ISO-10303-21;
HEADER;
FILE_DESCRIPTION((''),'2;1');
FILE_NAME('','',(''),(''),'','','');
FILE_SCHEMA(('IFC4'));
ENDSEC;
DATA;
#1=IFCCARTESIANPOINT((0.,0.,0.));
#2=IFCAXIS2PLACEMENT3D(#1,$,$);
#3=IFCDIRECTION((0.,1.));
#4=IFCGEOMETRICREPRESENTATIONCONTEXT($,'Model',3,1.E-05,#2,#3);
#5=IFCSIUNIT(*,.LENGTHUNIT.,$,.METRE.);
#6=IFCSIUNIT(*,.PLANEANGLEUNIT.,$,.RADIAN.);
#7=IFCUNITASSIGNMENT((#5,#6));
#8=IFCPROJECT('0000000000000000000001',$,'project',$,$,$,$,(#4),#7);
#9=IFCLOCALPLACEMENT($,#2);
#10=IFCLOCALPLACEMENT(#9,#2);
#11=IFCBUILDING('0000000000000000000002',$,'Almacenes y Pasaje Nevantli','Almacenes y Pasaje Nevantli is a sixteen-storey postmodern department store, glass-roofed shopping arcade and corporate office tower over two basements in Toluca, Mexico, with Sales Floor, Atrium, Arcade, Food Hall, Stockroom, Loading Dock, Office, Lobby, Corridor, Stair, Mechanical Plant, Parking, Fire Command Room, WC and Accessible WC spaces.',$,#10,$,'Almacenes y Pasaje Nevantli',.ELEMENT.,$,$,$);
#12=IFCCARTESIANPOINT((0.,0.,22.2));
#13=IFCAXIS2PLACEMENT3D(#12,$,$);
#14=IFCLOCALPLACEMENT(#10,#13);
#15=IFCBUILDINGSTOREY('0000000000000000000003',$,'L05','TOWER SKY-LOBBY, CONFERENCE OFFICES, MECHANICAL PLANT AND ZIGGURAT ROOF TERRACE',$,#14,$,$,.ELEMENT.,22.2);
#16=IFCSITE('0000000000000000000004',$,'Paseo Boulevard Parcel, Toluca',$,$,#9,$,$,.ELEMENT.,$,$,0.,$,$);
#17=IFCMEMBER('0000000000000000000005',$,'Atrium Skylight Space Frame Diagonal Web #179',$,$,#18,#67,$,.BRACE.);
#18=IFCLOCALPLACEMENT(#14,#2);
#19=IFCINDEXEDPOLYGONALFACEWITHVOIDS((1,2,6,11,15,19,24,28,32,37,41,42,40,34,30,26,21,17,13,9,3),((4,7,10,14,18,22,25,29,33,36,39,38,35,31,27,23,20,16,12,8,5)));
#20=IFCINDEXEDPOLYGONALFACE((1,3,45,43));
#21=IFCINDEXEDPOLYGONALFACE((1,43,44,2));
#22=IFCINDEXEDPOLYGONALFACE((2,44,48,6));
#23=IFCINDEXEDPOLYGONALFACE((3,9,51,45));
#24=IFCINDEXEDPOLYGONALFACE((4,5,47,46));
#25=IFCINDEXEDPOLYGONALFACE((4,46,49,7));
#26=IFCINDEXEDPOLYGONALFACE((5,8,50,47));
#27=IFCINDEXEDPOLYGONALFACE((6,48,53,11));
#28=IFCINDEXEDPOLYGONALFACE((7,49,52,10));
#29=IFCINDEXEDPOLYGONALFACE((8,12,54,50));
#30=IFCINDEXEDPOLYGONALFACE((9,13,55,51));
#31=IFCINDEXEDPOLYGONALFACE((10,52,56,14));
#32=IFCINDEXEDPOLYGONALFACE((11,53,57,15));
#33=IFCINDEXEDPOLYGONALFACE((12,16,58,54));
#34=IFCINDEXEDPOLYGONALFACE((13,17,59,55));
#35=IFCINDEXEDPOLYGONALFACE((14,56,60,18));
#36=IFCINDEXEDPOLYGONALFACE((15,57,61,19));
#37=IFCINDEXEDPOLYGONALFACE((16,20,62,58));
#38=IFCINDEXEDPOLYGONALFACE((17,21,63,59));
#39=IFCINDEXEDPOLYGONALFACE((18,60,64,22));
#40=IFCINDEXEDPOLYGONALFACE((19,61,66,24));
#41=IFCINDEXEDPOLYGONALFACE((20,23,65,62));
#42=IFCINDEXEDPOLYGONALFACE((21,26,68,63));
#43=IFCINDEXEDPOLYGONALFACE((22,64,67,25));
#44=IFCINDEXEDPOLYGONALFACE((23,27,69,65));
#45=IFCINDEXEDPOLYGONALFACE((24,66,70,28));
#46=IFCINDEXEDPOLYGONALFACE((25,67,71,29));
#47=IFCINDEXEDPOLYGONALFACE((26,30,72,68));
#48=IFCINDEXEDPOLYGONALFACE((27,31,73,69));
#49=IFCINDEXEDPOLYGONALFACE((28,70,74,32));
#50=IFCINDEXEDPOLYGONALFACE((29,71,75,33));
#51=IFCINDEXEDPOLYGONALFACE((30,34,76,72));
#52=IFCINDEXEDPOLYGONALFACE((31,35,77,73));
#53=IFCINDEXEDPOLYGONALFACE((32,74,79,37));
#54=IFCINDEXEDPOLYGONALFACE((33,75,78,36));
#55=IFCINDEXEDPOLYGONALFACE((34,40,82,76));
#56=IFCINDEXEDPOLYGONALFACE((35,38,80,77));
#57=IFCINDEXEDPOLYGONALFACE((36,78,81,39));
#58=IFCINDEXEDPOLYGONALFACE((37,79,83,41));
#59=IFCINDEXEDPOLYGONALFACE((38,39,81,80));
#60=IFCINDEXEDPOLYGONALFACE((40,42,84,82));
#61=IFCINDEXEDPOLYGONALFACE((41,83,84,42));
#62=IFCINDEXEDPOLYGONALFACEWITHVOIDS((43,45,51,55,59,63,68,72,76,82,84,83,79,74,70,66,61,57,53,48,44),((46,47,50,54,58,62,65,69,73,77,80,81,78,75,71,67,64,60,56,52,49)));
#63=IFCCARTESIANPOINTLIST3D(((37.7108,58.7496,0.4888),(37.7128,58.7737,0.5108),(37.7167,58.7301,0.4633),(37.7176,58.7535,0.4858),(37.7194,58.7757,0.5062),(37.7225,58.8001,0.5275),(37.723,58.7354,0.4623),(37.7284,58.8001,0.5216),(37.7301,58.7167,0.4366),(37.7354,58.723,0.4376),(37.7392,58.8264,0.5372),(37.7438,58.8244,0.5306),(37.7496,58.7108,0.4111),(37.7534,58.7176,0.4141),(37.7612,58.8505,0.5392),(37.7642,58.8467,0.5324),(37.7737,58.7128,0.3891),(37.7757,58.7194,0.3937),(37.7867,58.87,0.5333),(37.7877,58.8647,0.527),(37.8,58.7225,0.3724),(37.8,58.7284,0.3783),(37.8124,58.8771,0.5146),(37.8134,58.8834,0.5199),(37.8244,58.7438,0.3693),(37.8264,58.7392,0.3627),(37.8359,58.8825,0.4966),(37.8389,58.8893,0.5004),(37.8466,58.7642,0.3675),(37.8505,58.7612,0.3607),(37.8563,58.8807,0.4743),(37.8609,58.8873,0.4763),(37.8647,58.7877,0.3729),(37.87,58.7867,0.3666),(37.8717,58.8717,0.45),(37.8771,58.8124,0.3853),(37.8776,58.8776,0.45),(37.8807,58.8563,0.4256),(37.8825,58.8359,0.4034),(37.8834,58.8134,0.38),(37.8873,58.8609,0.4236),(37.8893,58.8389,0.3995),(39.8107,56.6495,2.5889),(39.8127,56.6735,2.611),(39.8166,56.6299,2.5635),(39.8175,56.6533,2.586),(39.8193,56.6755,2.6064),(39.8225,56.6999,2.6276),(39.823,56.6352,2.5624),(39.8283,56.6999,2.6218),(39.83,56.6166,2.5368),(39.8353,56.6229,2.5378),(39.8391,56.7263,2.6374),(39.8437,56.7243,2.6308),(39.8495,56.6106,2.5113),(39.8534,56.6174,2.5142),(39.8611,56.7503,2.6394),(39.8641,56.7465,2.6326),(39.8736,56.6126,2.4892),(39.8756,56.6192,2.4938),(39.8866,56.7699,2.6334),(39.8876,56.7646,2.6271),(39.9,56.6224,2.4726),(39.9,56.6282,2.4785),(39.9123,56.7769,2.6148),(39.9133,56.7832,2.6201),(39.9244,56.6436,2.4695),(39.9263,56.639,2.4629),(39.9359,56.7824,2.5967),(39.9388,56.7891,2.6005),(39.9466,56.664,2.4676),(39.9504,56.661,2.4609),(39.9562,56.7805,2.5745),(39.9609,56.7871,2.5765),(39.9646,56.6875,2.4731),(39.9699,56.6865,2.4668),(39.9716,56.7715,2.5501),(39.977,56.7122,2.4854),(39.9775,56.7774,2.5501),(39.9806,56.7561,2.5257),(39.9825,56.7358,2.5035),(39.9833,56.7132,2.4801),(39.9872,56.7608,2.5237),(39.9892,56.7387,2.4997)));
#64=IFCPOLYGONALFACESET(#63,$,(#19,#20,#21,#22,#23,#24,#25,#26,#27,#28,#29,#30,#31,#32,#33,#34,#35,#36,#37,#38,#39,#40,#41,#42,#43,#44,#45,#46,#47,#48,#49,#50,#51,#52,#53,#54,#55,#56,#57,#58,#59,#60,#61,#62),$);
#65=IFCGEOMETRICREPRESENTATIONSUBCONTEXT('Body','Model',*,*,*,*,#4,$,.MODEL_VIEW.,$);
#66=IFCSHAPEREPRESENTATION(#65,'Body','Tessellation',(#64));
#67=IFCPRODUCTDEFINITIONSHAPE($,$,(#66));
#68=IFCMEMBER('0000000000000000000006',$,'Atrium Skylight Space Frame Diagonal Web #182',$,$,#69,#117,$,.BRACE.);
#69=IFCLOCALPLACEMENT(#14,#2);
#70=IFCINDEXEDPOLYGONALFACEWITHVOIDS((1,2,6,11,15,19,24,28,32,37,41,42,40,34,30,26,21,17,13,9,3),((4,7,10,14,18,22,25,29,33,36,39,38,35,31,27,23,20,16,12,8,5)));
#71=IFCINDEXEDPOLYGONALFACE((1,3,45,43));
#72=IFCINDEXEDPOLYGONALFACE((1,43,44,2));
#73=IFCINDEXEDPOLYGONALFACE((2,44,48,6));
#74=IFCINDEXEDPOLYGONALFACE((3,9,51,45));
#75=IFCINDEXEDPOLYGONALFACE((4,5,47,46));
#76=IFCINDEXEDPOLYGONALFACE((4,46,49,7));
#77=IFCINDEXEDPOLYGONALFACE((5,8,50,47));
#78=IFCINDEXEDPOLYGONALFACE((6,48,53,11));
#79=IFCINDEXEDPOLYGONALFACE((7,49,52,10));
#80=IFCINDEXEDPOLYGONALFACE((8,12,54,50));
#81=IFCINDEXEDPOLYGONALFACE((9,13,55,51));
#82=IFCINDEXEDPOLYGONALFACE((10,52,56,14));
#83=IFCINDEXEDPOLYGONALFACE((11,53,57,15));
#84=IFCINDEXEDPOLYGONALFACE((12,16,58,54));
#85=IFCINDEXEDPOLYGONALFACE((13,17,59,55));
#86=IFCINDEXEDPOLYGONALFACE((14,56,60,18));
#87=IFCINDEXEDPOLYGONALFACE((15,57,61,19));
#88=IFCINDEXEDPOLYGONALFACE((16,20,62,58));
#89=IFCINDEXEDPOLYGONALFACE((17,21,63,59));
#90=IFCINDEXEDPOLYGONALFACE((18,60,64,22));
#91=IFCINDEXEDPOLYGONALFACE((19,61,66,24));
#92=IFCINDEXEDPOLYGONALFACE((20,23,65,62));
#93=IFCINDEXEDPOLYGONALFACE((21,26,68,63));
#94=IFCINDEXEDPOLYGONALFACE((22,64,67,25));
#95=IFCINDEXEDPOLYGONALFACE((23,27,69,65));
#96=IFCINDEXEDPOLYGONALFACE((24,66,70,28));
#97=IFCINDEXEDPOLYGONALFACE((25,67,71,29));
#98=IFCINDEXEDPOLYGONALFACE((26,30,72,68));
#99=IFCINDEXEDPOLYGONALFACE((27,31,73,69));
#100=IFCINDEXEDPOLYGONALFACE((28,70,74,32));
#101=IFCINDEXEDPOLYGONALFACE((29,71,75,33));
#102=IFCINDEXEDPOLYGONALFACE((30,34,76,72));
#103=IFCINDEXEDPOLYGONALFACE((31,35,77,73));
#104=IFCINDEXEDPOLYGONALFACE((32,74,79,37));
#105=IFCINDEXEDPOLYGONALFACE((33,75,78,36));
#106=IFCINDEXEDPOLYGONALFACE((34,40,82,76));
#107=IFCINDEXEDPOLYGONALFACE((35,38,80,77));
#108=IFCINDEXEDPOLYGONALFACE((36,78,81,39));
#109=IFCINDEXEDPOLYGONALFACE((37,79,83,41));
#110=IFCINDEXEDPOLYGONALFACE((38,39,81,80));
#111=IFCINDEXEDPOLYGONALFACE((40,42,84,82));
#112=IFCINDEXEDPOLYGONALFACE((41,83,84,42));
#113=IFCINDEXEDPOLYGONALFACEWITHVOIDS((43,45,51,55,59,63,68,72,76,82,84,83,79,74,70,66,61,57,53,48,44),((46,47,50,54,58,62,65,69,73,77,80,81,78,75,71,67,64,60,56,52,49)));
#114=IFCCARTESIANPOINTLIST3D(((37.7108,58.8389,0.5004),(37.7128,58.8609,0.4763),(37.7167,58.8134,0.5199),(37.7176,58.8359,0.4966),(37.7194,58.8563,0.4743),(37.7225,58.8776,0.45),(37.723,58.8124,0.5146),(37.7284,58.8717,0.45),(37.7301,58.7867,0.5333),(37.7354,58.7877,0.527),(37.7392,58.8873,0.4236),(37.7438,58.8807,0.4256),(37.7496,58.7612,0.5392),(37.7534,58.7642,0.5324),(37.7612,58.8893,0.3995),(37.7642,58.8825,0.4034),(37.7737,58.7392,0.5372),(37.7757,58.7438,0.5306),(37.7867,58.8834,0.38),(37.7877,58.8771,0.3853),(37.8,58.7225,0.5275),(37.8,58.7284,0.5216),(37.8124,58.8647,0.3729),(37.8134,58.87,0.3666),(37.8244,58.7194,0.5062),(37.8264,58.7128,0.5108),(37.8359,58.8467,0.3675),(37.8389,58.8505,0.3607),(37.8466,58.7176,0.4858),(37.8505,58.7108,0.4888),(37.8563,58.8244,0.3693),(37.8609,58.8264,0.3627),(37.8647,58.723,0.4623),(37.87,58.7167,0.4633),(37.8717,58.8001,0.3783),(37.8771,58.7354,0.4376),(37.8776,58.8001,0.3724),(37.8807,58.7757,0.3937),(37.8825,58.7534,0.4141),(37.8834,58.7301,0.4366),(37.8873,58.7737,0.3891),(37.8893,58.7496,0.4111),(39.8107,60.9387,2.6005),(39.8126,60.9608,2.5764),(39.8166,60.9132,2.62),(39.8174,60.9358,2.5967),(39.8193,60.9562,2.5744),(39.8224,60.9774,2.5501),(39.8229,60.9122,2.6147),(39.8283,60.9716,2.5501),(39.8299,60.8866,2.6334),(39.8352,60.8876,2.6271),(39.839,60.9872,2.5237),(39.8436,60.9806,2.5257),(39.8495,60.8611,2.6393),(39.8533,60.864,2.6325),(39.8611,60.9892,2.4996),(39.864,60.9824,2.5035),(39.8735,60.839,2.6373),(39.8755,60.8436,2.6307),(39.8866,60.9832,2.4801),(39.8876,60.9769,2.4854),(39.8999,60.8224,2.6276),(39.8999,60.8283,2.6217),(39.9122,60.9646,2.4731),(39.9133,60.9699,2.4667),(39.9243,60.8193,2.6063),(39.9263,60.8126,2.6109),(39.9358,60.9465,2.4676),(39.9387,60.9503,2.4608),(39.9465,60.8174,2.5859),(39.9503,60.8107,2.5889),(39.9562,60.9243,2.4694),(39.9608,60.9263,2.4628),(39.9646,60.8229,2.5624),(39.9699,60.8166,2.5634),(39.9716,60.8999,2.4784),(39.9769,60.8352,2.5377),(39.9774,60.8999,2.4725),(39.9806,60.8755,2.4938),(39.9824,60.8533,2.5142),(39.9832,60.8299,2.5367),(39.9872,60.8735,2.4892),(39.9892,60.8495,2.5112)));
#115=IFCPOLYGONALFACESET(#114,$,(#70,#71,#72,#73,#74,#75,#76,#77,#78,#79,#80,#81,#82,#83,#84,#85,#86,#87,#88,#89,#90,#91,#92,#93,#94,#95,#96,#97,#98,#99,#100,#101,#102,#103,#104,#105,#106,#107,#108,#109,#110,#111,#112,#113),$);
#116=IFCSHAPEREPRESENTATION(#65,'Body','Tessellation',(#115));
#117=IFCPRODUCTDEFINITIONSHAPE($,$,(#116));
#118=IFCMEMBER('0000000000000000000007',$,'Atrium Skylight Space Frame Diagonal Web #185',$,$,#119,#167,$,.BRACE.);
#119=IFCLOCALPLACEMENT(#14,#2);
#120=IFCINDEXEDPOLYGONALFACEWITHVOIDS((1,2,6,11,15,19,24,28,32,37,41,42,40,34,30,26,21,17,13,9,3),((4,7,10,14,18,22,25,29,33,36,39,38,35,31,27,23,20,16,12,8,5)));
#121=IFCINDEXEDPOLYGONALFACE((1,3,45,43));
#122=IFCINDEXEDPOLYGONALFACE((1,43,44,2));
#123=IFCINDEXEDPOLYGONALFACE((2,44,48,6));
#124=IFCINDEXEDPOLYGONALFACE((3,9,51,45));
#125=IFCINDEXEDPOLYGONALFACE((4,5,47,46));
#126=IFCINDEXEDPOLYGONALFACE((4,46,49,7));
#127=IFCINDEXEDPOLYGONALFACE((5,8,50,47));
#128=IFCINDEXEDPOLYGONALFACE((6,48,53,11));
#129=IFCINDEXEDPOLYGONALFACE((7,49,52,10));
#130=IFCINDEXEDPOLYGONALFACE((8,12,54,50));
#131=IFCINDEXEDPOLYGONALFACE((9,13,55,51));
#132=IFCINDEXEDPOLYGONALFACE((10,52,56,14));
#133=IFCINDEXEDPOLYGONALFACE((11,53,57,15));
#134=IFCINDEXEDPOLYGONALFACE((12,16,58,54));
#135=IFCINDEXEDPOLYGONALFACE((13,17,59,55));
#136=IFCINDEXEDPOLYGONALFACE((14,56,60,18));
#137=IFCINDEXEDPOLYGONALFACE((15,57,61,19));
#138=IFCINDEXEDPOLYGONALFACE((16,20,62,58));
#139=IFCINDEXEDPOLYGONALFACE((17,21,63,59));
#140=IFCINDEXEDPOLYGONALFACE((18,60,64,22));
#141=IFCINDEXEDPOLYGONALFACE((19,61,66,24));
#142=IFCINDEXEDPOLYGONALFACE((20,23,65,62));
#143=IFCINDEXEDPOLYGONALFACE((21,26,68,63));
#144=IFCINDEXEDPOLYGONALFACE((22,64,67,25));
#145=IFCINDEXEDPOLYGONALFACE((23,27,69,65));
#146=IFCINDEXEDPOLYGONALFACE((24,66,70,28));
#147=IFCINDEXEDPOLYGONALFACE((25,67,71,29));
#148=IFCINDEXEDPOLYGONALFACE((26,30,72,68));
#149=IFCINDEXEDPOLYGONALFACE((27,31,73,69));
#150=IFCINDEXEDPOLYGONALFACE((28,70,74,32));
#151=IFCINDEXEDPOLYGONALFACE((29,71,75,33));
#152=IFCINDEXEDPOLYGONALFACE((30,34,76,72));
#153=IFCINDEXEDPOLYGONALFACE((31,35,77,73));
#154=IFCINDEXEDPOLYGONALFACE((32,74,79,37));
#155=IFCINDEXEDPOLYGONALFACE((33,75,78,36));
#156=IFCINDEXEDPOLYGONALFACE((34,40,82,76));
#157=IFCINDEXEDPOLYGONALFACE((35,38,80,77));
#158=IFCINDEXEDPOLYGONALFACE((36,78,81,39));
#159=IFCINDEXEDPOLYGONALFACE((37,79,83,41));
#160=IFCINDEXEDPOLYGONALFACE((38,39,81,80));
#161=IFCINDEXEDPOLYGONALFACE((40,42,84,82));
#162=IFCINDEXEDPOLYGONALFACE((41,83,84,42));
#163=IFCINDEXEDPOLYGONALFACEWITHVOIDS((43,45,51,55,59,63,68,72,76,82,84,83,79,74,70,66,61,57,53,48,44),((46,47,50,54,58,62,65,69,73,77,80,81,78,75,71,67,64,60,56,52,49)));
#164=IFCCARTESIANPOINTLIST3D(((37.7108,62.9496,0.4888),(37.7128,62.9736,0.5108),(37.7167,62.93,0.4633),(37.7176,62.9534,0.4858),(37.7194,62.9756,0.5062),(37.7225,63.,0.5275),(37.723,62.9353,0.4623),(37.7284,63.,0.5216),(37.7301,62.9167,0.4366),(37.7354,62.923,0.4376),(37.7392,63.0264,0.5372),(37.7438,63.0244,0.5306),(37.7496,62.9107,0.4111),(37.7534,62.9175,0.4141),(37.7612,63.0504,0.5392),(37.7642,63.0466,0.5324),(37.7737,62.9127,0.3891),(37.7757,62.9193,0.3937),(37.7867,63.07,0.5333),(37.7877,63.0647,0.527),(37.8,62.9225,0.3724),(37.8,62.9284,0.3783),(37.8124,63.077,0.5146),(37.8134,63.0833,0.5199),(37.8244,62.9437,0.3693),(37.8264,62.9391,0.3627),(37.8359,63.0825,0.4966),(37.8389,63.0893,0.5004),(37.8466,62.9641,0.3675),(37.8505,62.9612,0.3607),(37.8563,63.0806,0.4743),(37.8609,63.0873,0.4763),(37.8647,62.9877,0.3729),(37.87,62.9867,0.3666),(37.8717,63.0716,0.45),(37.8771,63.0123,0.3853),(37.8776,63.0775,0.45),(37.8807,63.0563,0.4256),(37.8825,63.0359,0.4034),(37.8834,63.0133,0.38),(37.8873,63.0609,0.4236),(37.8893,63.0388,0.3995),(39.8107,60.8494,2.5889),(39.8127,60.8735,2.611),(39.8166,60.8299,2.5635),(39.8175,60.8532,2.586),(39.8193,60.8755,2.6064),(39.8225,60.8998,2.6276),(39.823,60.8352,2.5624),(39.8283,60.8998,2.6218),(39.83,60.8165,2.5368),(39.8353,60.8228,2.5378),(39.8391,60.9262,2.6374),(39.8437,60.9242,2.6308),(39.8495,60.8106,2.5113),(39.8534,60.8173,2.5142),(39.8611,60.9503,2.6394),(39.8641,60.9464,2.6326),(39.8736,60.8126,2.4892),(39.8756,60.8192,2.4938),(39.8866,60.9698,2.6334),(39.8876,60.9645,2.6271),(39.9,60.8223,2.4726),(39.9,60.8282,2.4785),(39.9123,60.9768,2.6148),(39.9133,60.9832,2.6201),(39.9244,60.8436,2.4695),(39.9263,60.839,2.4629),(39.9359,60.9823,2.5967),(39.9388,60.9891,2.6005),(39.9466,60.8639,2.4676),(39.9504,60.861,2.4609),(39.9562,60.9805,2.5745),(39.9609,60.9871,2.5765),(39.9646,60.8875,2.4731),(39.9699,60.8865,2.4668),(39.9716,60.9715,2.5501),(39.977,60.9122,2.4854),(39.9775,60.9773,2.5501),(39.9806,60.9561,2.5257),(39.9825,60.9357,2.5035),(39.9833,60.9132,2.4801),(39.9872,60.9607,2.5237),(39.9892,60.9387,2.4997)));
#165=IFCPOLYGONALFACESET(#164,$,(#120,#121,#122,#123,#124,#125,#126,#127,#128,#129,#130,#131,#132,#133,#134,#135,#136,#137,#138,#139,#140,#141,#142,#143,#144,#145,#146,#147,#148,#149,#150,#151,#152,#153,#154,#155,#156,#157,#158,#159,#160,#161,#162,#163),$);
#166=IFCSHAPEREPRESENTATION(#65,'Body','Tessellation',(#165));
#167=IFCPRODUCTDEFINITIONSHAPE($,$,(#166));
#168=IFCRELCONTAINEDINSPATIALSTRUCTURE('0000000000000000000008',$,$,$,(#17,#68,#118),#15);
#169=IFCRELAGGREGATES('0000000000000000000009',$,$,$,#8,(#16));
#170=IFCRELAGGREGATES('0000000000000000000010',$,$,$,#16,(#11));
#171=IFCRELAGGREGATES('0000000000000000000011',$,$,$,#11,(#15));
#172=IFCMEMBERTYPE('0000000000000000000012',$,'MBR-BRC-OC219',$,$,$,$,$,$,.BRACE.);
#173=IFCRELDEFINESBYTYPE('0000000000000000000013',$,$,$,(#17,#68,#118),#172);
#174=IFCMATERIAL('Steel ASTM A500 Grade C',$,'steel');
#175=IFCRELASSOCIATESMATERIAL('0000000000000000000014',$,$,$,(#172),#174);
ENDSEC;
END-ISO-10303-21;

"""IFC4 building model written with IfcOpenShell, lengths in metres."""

from ifc_helpers import new_model, si_unit, direction, frame, origin, origin_2d, place, context, subcontext, project, spatial, hollow_circle, extrude, material, material_profile, profile_set, type_object, element, save


model = new_model("IFC4")

# Units and contexts
model_context = context("Model", 3, precision=1e-05, world=origin(), true_north=direction((0.0, 1.0)))
body_context = subcontext(model_context, "Body", "Model", "MODEL_VIEW")
ifc_project = project(units=[si_unit("LENGTHUNIT", "METRE"), si_unit("PLANEANGLEUNIT", "RADIAN")], contexts=[model_context])

# Site, building, storey
site_placement = place(None, origin())
site = spatial("IfcSite", under=ifc_project, at=site_placement, Name="Paseo Boulevard Parcel, Toluca", CompositionType="ELEMENT", RefElevation=0.0)
building_placement = place(site_placement, origin())
building = spatial("IfcBuilding", under=site, at=building_placement, Name="Almacenes y Pasaje Nevantli", Description="Almacenes y Pasaje Nevantli is a sixteen-storey postmodern department store, glass-roofed shopping arcade and corporate office tower over two basements in Toluca, Mexico, with Sales Floor, Atrium, Arcade, Food Hall, Stockroom, Loading Dock, Office, Lobby, Corridor, Stair, Mechanical Plant, Parking, Fire Command Room, WC and Accessible WC spaces.", LongName="Almacenes y Pasaje Nevantli", CompositionType="ELEMENT")
storey_placement = place(building_placement, frame((0.0, 0.0, 22.2)))
storey = spatial("IfcBuildingStorey", under=building, at=storey_placement, Name="L05", Description="TOWER SKY-LOBBY, CONFERENCE OFFICES, MECHANICAL PLANT AND ZIGGURAT ROOF TERRACE", CompositionType="ELEMENT", Elevation=22.2)

# Members
ifc_material_1 = material(Name="Steel ASTM A500 Grade C", Category="steel")
ifc_material_profile_1 = material_profile(ifc_material_1, hollow_circle(Radius=0.1096, WallThickness=0.0083, at=origin_2d()), Name="OC 219x8.2")
ifc_profile_set_1 = profile_set([ifc_material_profile_1], Name="Steel ASTM A500 Grade C")
member_type_1 = type_object("IfcMemberType", Name="MBR-BRC-OC219", PredefinedType="BRACE", material=ifc_profile_set_1)
for number, where, z_axis, x_axis, name in (
    (1, (37.8, 58.8, 0.45), (0.577306, -0.577373, 0.577373), (0.707148, 0.707066, 0.0), "Atrium Skylight Space Frame Diagonal Web #179"),
):
    element("IfcMember", number, at=place(storey_placement, frame(where, z_axis=z_axis, x_axis=x_axis)), inside=storey, type_object=member_type_1, Name=name, PredefinedType="BRACE", context=body_context, shape_type="SweptSolid", body=[
        extrude(hollow_circle(Radius=0.1096, WallThickness=0.0083, at=origin_2d()), origin(), (0.0, 0.0, 1.0), 3.6375),
    ])
member_1_placement = place(storey_placement, frame((37.8, 58.8, 0.45), z_axis=(0.577328, 0.577328, 0.577395), x_axis=(-0.707107, 0.707107, 0.0)))
element("IfcMember", 2, at=member_1_placement, inside=storey, type_object=member_type_1, Name="Atrium Skylight Space Frame Diagonal Web #182", PredefinedType="BRACE", context=body_context, shape_type="SweptSolid", body=[
    extrude(hollow_circle(Radius=0.1096, WallThickness=0.0083, at=origin_2d()), origin(), (0.0, 0.0, 1.0), 3.6372),
])
for number, where, z_axis, x_axis, name in (
    (3, (37.8, 63.0, 0.45), (0.577306, -0.577373, 0.577373), (0.707148, 0.707066, 0.0), "Atrium Skylight Space Frame Diagonal Web #185"),
):
    element("IfcMember", number, at=place(storey_placement, frame(where, z_axis=z_axis, x_axis=x_axis)), inside=storey, type_object=member_type_1, Name=name, PredefinedType="BRACE", context=body_context, shape_type="SweptSolid", body=[
        extrude(hollow_circle(Radius=0.1096, WallThickness=0.0083, at=origin_2d()), origin(), (0.0, 0.0, 1.0), 3.6375),
    ])

save(model, "model.ifc")
